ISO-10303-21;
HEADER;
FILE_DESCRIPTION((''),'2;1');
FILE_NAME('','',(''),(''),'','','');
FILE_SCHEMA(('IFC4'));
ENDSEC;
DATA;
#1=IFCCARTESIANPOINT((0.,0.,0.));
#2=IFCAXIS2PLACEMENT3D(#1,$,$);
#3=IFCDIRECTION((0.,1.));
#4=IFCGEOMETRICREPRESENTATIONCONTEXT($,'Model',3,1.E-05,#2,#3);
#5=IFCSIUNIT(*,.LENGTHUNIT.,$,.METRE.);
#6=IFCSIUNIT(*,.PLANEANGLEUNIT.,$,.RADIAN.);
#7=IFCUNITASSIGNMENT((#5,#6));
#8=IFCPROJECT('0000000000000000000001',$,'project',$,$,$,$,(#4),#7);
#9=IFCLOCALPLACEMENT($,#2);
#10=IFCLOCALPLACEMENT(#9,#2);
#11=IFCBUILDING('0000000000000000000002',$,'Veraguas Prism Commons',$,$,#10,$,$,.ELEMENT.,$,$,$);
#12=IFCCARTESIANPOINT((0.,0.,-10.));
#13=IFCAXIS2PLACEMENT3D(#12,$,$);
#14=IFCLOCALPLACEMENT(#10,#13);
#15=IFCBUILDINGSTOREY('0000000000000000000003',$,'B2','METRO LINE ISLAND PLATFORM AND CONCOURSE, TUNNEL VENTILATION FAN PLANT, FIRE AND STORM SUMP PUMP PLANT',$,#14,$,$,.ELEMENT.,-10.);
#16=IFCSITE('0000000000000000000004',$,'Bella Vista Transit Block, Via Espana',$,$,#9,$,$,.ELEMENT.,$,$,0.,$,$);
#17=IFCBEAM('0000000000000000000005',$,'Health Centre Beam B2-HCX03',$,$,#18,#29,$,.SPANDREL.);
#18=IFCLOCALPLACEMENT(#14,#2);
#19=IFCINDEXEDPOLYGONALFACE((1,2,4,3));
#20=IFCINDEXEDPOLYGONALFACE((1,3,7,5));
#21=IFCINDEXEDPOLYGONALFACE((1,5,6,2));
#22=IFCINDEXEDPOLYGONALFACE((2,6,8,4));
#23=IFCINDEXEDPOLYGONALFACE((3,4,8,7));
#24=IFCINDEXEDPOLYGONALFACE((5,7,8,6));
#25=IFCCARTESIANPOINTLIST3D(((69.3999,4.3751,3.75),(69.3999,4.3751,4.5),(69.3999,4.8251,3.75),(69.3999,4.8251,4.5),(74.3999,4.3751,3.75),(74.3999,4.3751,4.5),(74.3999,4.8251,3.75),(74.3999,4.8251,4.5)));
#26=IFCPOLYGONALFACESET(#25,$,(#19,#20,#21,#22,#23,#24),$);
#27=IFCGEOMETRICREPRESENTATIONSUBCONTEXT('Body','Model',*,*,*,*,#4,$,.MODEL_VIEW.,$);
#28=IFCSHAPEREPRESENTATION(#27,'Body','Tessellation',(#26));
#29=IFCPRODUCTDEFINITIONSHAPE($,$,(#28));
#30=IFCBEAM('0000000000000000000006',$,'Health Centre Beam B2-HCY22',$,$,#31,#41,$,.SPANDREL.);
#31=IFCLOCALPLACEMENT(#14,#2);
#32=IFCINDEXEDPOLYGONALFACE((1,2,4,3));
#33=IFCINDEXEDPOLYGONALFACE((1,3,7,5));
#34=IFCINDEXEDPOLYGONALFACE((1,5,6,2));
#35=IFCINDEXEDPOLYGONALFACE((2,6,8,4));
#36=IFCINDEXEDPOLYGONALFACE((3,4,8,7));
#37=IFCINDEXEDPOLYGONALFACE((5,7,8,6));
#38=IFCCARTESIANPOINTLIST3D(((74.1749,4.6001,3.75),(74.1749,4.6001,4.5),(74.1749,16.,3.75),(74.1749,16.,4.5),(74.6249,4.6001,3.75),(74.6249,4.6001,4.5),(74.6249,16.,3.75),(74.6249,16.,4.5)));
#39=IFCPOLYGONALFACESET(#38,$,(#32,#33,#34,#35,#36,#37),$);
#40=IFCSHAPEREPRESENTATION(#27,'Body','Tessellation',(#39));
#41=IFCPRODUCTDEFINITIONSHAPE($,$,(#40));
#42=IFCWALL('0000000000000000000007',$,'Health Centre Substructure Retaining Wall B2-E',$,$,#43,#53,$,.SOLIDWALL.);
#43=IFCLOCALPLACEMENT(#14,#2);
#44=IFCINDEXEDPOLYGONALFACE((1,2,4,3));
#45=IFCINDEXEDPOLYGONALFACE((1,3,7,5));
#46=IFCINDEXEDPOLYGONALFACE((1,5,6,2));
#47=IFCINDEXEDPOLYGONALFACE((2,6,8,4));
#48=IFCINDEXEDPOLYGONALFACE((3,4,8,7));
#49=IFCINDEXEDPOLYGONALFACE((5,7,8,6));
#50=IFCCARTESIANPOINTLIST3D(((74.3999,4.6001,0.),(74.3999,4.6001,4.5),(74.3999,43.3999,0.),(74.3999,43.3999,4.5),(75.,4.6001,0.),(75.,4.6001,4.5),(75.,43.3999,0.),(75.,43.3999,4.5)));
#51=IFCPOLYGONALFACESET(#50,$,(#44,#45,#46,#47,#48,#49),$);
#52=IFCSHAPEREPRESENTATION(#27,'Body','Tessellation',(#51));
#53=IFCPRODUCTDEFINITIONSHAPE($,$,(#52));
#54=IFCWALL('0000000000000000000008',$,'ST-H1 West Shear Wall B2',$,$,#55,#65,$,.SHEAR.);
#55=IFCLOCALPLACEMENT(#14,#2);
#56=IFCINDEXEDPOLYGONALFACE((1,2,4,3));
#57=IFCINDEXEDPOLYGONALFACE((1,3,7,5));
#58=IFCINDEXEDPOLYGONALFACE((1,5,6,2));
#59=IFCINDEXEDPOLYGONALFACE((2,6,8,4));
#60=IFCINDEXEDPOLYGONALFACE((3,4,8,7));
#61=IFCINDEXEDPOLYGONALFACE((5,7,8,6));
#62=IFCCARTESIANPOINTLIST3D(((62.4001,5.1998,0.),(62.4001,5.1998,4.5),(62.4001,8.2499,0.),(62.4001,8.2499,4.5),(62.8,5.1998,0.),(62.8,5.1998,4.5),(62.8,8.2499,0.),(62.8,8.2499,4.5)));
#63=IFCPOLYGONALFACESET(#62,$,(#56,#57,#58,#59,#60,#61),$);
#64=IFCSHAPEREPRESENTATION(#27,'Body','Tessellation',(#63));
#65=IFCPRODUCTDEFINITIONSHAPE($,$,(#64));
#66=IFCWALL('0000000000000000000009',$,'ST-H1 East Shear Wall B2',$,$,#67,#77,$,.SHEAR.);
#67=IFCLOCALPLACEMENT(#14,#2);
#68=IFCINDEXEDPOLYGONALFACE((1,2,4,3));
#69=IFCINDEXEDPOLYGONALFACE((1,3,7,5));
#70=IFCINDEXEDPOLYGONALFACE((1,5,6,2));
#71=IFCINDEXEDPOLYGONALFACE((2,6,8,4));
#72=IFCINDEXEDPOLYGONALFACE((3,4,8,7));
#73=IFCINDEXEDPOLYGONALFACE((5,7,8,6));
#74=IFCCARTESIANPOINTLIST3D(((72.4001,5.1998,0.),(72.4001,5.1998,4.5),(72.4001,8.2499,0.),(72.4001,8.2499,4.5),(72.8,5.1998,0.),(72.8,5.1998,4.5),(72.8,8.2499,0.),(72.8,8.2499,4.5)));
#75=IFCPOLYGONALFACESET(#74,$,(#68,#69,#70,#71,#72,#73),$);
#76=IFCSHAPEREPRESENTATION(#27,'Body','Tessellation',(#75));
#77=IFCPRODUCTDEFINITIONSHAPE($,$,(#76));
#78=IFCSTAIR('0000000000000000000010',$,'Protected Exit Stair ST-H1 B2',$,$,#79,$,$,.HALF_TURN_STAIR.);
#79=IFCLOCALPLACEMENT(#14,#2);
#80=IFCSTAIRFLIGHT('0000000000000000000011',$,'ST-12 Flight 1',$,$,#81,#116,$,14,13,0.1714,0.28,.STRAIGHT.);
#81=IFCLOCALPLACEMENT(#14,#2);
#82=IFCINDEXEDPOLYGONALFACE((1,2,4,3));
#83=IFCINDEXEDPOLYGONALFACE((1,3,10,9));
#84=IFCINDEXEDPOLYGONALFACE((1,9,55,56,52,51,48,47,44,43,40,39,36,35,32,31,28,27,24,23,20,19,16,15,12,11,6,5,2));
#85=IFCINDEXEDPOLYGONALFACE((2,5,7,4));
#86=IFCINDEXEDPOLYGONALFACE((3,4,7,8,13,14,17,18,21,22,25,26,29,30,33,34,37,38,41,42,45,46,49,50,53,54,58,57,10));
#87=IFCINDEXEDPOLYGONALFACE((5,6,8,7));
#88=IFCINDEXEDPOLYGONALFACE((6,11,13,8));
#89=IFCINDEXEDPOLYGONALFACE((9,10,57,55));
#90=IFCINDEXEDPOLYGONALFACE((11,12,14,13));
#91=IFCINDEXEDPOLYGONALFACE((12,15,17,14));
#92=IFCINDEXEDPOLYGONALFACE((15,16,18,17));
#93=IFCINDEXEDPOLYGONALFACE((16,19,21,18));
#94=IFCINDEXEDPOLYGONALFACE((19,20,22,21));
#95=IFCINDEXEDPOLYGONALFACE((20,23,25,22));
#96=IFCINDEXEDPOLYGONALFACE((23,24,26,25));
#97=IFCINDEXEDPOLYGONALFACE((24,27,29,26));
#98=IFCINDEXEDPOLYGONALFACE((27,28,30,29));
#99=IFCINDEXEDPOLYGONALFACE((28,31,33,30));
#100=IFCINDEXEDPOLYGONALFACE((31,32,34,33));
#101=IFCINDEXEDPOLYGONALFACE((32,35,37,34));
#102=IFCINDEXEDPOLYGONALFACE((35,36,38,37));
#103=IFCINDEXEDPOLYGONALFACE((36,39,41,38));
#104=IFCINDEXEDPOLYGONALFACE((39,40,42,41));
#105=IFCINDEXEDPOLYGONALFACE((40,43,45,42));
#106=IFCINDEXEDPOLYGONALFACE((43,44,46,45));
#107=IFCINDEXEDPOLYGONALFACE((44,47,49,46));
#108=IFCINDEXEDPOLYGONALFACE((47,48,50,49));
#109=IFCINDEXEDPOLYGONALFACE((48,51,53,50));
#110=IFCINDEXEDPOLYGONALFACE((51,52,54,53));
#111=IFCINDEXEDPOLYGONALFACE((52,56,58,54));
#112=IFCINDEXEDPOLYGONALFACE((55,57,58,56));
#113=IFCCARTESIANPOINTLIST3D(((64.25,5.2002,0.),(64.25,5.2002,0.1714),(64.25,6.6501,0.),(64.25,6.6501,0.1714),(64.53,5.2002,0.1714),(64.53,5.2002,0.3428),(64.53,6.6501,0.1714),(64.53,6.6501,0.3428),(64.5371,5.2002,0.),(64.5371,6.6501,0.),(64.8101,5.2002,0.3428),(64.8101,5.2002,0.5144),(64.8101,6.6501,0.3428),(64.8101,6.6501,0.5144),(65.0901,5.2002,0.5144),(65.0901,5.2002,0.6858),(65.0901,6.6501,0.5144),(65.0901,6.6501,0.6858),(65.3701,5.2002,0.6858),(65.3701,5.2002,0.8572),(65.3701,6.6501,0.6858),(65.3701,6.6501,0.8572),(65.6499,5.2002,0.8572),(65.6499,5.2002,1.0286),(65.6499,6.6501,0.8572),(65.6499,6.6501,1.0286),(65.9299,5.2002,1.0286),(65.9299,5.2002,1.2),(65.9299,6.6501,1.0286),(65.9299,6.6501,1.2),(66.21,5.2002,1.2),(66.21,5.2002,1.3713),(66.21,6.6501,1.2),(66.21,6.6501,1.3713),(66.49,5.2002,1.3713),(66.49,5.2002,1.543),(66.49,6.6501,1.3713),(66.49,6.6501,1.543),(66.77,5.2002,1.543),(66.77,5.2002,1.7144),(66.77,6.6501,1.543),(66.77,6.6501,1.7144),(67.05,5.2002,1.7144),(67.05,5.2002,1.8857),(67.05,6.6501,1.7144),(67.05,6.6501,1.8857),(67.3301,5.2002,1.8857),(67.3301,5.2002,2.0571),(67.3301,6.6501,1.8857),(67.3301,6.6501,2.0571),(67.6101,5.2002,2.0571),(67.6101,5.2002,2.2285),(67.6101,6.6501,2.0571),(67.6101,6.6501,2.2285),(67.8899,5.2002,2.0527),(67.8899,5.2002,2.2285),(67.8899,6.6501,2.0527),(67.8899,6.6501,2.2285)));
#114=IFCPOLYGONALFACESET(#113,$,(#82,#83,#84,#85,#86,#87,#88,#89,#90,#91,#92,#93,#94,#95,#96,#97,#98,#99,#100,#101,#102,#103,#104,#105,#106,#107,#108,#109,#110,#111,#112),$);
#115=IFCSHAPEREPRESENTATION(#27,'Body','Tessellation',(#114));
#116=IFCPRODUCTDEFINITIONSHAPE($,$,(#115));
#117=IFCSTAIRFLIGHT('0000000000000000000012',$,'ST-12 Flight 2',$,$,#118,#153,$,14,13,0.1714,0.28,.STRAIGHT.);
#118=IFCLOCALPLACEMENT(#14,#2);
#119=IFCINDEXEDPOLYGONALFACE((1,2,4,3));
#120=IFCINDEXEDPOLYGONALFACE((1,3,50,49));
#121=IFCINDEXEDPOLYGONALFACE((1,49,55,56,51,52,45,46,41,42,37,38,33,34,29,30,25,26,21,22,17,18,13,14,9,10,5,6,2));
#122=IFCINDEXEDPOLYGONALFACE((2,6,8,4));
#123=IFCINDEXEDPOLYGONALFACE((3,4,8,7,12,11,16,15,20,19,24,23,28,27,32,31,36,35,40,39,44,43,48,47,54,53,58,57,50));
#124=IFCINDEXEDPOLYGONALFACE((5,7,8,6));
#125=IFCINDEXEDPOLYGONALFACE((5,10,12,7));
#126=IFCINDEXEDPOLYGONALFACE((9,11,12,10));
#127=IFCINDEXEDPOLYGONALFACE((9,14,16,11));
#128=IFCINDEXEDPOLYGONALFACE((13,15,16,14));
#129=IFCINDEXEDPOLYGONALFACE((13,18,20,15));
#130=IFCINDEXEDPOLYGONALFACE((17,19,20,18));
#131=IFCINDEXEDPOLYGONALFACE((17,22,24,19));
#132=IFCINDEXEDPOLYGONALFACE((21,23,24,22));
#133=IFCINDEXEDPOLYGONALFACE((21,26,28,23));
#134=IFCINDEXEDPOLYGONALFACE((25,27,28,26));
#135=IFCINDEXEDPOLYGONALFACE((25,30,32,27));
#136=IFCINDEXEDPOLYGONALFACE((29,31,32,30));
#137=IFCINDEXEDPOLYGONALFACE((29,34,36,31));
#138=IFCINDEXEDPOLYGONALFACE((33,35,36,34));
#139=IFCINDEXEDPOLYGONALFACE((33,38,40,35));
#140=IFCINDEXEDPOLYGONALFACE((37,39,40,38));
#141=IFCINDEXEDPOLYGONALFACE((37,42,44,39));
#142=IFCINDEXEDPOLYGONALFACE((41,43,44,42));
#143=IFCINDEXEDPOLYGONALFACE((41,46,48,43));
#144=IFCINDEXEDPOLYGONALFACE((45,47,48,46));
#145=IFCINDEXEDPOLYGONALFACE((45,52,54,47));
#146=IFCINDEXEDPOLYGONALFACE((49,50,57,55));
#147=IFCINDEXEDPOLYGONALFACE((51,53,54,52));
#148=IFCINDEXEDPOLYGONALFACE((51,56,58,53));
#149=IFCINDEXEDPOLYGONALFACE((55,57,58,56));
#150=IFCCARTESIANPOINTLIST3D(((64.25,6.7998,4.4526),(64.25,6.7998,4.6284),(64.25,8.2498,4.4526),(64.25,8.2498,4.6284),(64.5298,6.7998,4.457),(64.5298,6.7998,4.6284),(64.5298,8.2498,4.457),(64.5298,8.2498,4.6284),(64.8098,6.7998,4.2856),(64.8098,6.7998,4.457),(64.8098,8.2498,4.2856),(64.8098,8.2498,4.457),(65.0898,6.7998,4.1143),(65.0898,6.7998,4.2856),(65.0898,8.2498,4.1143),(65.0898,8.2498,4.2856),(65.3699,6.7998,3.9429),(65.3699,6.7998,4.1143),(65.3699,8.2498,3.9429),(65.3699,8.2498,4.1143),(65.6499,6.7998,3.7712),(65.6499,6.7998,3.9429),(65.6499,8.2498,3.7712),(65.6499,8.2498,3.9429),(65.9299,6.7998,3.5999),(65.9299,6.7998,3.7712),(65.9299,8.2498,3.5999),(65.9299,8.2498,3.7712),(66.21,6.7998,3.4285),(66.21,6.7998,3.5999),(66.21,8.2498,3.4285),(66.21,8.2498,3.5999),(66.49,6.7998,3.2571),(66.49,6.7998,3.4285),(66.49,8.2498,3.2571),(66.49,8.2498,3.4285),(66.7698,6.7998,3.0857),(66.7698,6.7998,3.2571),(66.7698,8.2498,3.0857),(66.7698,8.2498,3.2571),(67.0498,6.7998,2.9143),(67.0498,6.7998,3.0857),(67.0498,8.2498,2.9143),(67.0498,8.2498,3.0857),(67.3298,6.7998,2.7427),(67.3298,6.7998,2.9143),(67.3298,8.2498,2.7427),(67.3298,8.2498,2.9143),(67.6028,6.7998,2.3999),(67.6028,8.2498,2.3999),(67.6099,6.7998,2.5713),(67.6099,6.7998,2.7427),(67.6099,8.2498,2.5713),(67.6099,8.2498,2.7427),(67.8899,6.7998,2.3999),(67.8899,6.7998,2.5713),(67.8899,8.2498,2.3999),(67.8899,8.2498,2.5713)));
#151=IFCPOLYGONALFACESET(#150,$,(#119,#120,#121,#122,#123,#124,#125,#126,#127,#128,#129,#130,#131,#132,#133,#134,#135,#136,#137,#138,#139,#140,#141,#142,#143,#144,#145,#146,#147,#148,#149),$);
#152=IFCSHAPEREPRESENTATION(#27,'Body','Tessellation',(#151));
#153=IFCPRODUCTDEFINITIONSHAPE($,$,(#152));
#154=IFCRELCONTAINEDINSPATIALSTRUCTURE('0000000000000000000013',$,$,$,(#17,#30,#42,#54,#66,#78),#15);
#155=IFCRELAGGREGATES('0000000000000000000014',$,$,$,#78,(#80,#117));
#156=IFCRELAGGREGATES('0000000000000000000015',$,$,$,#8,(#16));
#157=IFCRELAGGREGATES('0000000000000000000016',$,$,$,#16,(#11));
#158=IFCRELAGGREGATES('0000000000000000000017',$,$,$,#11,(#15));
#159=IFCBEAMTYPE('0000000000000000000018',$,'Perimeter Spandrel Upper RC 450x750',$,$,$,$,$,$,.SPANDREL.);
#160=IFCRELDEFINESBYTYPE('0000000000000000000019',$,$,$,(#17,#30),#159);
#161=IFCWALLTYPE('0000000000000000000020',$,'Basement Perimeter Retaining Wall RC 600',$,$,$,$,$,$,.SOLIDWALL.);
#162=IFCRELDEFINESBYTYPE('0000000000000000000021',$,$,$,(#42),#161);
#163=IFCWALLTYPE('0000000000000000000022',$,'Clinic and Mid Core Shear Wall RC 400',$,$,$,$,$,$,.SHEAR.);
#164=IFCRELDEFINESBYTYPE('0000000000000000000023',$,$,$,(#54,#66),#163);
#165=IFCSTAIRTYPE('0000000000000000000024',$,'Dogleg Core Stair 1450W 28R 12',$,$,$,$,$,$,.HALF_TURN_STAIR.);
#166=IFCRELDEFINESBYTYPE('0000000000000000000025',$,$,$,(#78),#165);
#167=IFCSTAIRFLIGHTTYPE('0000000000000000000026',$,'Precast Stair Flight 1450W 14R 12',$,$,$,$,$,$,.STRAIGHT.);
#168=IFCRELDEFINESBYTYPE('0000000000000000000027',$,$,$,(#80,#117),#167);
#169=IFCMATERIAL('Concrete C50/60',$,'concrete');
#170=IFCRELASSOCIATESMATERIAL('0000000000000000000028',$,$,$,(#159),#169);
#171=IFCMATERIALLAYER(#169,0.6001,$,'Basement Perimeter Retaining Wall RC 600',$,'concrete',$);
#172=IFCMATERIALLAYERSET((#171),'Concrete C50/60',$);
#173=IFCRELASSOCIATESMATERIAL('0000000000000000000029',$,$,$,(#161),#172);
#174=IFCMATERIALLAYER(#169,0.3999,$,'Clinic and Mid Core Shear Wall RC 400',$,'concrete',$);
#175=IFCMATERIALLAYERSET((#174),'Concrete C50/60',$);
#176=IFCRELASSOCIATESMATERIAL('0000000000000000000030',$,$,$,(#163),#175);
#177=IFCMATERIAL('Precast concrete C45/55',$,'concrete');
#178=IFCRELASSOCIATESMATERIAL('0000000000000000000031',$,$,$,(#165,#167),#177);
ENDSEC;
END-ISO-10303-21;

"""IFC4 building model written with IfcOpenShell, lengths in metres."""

from ifc_helpers import new_model, si_unit, direction, frame, frame_2d, origin, origin_2d, place, context, subcontext, project, spatial, polyline, rectangle, outline, extrude, material, layer, layer_set, material_profile, profile_set, type_object, element, aggregate, save


model = new_model("IFC4")

# Units and contexts
model_context = context("Model", 3, precision=1e-05, world=origin(), true_north=direction((0.0, 1.0)))
body_context = subcontext(model_context, "Body", "Model", "MODEL_VIEW")
ifc_project = project(units=[si_unit("LENGTHUNIT", "METRE"), si_unit("PLANEANGLEUNIT", "RADIAN")], contexts=[model_context])

# Site, building, storey
site_placement = place(None, origin())
site = spatial("IfcSite", under=ifc_project, at=site_placement, Name="Bella Vista Transit Block, Via Espana", CompositionType="ELEMENT", RefElevation=0.0)
building_placement = place(site_placement, origin())
building = spatial("IfcBuilding", under=site, at=building_placement, Name="Veraguas Prism Commons", CompositionType="ELEMENT")
storey_placement = place(building_placement, frame((0.0, 0.0, -10.0)))
storey = spatial("IfcBuildingStorey", under=building, at=storey_placement, Name="B2", Description="METRO LINE ISLAND PLATFORM AND CONCOURSE, TUNNEL VENTILATION FAN PLANT, FIRE AND STORM SUMP PUMP PLANT", CompositionType="ELEMENT", Elevation=-10.0)

# Shared definitions
ifc_material_1 = material(Name="Concrete C50/60", Category="concrete")

# Beams
ifc_material_profile_1 = material_profile(ifc_material_1, rectangle(XDim=0.45, YDim=0.75, at=origin_2d()), Name="RC450X750")
ifc_profile_set_1 = profile_set([ifc_material_profile_1], Name="Concrete C50/60")
beam_type = type_object("IfcBeamType", Name="Perimeter Spandrel Upper RC 450x750", PredefinedType="SPANDREL", material=ifc_profile_set_1)
beam_1_placement = place(storey_placement, frame((69.3999, 4.6001, 4.125), z_axis=(1.0, 0.0, 0.0), x_axis=(0.0, 1.0, 0.0)))
element("IfcBeam", 1, at=beam_1_placement, inside=storey, type_object=beam_type, Name="Health Centre Beam B2-HCX03", PredefinedType="SPANDREL", context=body_context, shape_type="SweptSolid", body=[
    extrude(rectangle(XDim=0.45, YDim=0.75, at=origin_2d()), origin(), (0.0, 0.0, 1.0), 5.0),
])
beam_2_placement = place(storey_placement, frame((74.3999, 4.6001, 4.125), z_axis=(0.0, 1.0, 0.0), x_axis=(-1.0, 0.0, 0.0)))
element("IfcBeam", 2, at=beam_2_placement, inside=storey, type_object=beam_type, Name="Health Centre Beam B2-HCY22", PredefinedType="SPANDREL", context=body_context, shape_type="SweptSolid", body=[
    extrude(rectangle(XDim=0.45, YDim=0.75, at=origin_2d()), origin(), (0.0, 0.0, 1.0), 11.3999),
])

# Walls
ifc_layer_1 = layer(ifc_material_1, 0.6001, Name="Basement Perimeter Retaining Wall RC 600", Category="concrete")
ifc_layer_set_1 = layer_set([ifc_layer_1], Name="Concrete C50/60")
wall_type_1 = type_object("IfcWallType", Name="Basement Perimeter Retaining Wall RC 600", PredefinedType="SOLIDWALL", material=ifc_layer_set_1)
wall_placement = place(storey_placement, frame((74.7, 4.6001, 0.0), z_axis=(0.0, 0.0, 1.0), x_axis=(0.0, 1.0, 0.0)))
element("IfcWall", 3, at=wall_placement, inside=storey, type_object=wall_type_1, Name="Health Centre Substructure Retaining Wall B2-E", PredefinedType="SOLIDWALL", context=body_context, shape_type="SweptSolid", body=[
    extrude(rectangle(XDim=38.7998, YDim=0.6001, at=frame_2d((19.3999, 0.0))), origin(), (0.0, 0.0, 1.0), 4.5),
])
ifc_layer_2 = layer(ifc_material_1, 0.3999, Name="Clinic and Mid Core Shear Wall RC 400", Category="concrete")
ifc_layer_set_2 = layer_set([ifc_layer_2], Name="Concrete C50/60")
wall_type_2 = type_object("IfcWallType", Name="Clinic and Mid Core Shear Wall RC 400", PredefinedType="SHEAR", material=ifc_layer_set_2)
for number, where, z_axis, x_axis, name in (
    (4, (62.6001, 5.2, 0.0), (0.0, 0.0, 1.0), (0.0, 1.0, 0.0), "ST-H1 West Shear Wall B2"),
    (5, (72.6001, 5.2, 0.0), (0.0, 0.0, 1.0), (0.0, 1.0, 0.0), "ST-H1 East Shear Wall B2"),
):
    element("IfcWall", number, at=place(storey_placement, frame(where, z_axis=z_axis, x_axis=x_axis)), inside=storey, type_object=wall_type_2, Name=name, PredefinedType="SHEAR", context=body_context, shape_type="SweptSolid", body=[
        extrude(rectangle(XDim=3.05, YDim=0.3999, at=frame_2d((1.5249, 0.0))), origin(), (0.0, 0.0, 1.0), 4.5),
    ])

# Stair, stair flights
ifc_material_2 = material(Name="Precast concrete C45/55", Category="concrete")
stair_type = type_object("IfcStairType", Name="Dogleg Core Stair 1450W 28R 12", PredefinedType="HALF_TURN_STAIR", material=ifc_material_2)
stair_placement = place(storey_placement, origin())
stair = element("IfcStair", 6, at=stair_placement, inside=storey, type_object=stair_type, Name="Protected Exit Stair ST-H1 B2", PredefinedType="HALF_TURN_STAIR")
stair_flight_type = type_object("IfcStairFlightType", Name="Precast Stair Flight 1450W 14R 12", PredefinedType="STRAIGHT", material=ifc_material_2)
stair_flight_1_placement = place(storey_placement, frame((64.25, 5.925, 0.0), z_axis=(0.0, 0.0, 1.0), x_axis=(1.0, 0.0, 0.0)))
stair_flight_1 = element("IfcStairFlight", 7, at=stair_flight_1_placement, type_object=stair_flight_type, Name="ST-12 Flight 1", NumberOfRisers=14, NumberOfTreads=13, PredefinedType="STRAIGHT", RiserHeight=0.1714, TreadLength=0.28, context=body_context, shape_type="SweptSolid", body=[
    extrude(outline(polyline([(0.0, 0.0), (0.0, 0.1714), (0.28, 0.1714), (0.28, 0.3428), (0.5601, 0.3428), (0.5601, 0.5144), (0.8401, 0.5144), (0.8401, 0.6858), (1.1201, 0.6858), (1.1201, 0.8572), (1.3999, 0.8572), (1.3999, 1.0286), (1.6799, 1.0286), (1.6799, 1.2), (1.96, 1.2), (1.96, 1.3713), (2.24, 1.3713), (2.24, 1.543), (2.52, 1.543), (2.52, 1.7144), (2.8, 1.7144), (2.8, 1.8857), (3.0801, 1.8857), (3.0801, 2.0571), (3.3601, 2.0571), (3.3601, 2.2285), (3.6399, 2.2285), (3.6399, 2.3999), (3.6399, 2.0527), (0.2871, 0.0), (0.0, 0.0)])), frame((0.0, 0.7251, 0.0), z_axis=(0.0, -1.0, 0.0), x_axis=(1.0, 0.0, 0.0)), (0.0, 0.0, 1.0), 1.45),
])
stair_flight_2_placement = place(storey_placement, frame((67.8899, 7.5249, 2.3999), z_axis=(0.0, 0.0, 1.0), x_axis=(-1.0, 0.0, 0.0)))
stair_flight_2 = element("IfcStairFlight", 8, at=stair_flight_2_placement, type_object=stair_flight_type, Name="ST-12 Flight 2", NumberOfRisers=14, NumberOfTreads=13, PredefinedType="STRAIGHT", RiserHeight=0.1714, TreadLength=0.28, context=body_context, shape_type="SweptSolid", body=[
    extrude(outline(polyline([(0.0, 0.0), (0.0, 0.1714), (0.28, 0.1714), (0.28, 0.3428), (0.5601, 0.3428), (0.5601, 0.5144), (0.8401, 0.5144), (0.8401, 0.6858), (1.1201, 0.6858), (1.1201, 0.8572), (1.3999, 0.8572), (1.3999, 1.0286), (1.6799, 1.0286), (1.6799, 1.2), (1.96, 1.2), (1.96, 1.3713), (2.24, 1.3713), (2.24, 1.543), (2.52, 1.543), (2.52, 1.7144), (2.8, 1.7144), (2.8, 1.8857), (3.0801, 1.8857), (3.0801, 2.0571), (3.3601, 2.0571), (3.3601, 2.2285), (3.6399, 2.2285), (3.6399, 2.3999), (3.6399, 2.0527), (0.2871, 0.0), (0.0, 0.0)])), frame((0.0, 0.7251, 0.0), z_axis=(0.0, -1.0, 0.0), x_axis=(1.0, 0.0, 0.0)), (0.0, 0.0, 1.0), 1.45),
])
aggregate(stair, [stair_flight_1, stair_flight_2])

save(model, "model.ifc")
